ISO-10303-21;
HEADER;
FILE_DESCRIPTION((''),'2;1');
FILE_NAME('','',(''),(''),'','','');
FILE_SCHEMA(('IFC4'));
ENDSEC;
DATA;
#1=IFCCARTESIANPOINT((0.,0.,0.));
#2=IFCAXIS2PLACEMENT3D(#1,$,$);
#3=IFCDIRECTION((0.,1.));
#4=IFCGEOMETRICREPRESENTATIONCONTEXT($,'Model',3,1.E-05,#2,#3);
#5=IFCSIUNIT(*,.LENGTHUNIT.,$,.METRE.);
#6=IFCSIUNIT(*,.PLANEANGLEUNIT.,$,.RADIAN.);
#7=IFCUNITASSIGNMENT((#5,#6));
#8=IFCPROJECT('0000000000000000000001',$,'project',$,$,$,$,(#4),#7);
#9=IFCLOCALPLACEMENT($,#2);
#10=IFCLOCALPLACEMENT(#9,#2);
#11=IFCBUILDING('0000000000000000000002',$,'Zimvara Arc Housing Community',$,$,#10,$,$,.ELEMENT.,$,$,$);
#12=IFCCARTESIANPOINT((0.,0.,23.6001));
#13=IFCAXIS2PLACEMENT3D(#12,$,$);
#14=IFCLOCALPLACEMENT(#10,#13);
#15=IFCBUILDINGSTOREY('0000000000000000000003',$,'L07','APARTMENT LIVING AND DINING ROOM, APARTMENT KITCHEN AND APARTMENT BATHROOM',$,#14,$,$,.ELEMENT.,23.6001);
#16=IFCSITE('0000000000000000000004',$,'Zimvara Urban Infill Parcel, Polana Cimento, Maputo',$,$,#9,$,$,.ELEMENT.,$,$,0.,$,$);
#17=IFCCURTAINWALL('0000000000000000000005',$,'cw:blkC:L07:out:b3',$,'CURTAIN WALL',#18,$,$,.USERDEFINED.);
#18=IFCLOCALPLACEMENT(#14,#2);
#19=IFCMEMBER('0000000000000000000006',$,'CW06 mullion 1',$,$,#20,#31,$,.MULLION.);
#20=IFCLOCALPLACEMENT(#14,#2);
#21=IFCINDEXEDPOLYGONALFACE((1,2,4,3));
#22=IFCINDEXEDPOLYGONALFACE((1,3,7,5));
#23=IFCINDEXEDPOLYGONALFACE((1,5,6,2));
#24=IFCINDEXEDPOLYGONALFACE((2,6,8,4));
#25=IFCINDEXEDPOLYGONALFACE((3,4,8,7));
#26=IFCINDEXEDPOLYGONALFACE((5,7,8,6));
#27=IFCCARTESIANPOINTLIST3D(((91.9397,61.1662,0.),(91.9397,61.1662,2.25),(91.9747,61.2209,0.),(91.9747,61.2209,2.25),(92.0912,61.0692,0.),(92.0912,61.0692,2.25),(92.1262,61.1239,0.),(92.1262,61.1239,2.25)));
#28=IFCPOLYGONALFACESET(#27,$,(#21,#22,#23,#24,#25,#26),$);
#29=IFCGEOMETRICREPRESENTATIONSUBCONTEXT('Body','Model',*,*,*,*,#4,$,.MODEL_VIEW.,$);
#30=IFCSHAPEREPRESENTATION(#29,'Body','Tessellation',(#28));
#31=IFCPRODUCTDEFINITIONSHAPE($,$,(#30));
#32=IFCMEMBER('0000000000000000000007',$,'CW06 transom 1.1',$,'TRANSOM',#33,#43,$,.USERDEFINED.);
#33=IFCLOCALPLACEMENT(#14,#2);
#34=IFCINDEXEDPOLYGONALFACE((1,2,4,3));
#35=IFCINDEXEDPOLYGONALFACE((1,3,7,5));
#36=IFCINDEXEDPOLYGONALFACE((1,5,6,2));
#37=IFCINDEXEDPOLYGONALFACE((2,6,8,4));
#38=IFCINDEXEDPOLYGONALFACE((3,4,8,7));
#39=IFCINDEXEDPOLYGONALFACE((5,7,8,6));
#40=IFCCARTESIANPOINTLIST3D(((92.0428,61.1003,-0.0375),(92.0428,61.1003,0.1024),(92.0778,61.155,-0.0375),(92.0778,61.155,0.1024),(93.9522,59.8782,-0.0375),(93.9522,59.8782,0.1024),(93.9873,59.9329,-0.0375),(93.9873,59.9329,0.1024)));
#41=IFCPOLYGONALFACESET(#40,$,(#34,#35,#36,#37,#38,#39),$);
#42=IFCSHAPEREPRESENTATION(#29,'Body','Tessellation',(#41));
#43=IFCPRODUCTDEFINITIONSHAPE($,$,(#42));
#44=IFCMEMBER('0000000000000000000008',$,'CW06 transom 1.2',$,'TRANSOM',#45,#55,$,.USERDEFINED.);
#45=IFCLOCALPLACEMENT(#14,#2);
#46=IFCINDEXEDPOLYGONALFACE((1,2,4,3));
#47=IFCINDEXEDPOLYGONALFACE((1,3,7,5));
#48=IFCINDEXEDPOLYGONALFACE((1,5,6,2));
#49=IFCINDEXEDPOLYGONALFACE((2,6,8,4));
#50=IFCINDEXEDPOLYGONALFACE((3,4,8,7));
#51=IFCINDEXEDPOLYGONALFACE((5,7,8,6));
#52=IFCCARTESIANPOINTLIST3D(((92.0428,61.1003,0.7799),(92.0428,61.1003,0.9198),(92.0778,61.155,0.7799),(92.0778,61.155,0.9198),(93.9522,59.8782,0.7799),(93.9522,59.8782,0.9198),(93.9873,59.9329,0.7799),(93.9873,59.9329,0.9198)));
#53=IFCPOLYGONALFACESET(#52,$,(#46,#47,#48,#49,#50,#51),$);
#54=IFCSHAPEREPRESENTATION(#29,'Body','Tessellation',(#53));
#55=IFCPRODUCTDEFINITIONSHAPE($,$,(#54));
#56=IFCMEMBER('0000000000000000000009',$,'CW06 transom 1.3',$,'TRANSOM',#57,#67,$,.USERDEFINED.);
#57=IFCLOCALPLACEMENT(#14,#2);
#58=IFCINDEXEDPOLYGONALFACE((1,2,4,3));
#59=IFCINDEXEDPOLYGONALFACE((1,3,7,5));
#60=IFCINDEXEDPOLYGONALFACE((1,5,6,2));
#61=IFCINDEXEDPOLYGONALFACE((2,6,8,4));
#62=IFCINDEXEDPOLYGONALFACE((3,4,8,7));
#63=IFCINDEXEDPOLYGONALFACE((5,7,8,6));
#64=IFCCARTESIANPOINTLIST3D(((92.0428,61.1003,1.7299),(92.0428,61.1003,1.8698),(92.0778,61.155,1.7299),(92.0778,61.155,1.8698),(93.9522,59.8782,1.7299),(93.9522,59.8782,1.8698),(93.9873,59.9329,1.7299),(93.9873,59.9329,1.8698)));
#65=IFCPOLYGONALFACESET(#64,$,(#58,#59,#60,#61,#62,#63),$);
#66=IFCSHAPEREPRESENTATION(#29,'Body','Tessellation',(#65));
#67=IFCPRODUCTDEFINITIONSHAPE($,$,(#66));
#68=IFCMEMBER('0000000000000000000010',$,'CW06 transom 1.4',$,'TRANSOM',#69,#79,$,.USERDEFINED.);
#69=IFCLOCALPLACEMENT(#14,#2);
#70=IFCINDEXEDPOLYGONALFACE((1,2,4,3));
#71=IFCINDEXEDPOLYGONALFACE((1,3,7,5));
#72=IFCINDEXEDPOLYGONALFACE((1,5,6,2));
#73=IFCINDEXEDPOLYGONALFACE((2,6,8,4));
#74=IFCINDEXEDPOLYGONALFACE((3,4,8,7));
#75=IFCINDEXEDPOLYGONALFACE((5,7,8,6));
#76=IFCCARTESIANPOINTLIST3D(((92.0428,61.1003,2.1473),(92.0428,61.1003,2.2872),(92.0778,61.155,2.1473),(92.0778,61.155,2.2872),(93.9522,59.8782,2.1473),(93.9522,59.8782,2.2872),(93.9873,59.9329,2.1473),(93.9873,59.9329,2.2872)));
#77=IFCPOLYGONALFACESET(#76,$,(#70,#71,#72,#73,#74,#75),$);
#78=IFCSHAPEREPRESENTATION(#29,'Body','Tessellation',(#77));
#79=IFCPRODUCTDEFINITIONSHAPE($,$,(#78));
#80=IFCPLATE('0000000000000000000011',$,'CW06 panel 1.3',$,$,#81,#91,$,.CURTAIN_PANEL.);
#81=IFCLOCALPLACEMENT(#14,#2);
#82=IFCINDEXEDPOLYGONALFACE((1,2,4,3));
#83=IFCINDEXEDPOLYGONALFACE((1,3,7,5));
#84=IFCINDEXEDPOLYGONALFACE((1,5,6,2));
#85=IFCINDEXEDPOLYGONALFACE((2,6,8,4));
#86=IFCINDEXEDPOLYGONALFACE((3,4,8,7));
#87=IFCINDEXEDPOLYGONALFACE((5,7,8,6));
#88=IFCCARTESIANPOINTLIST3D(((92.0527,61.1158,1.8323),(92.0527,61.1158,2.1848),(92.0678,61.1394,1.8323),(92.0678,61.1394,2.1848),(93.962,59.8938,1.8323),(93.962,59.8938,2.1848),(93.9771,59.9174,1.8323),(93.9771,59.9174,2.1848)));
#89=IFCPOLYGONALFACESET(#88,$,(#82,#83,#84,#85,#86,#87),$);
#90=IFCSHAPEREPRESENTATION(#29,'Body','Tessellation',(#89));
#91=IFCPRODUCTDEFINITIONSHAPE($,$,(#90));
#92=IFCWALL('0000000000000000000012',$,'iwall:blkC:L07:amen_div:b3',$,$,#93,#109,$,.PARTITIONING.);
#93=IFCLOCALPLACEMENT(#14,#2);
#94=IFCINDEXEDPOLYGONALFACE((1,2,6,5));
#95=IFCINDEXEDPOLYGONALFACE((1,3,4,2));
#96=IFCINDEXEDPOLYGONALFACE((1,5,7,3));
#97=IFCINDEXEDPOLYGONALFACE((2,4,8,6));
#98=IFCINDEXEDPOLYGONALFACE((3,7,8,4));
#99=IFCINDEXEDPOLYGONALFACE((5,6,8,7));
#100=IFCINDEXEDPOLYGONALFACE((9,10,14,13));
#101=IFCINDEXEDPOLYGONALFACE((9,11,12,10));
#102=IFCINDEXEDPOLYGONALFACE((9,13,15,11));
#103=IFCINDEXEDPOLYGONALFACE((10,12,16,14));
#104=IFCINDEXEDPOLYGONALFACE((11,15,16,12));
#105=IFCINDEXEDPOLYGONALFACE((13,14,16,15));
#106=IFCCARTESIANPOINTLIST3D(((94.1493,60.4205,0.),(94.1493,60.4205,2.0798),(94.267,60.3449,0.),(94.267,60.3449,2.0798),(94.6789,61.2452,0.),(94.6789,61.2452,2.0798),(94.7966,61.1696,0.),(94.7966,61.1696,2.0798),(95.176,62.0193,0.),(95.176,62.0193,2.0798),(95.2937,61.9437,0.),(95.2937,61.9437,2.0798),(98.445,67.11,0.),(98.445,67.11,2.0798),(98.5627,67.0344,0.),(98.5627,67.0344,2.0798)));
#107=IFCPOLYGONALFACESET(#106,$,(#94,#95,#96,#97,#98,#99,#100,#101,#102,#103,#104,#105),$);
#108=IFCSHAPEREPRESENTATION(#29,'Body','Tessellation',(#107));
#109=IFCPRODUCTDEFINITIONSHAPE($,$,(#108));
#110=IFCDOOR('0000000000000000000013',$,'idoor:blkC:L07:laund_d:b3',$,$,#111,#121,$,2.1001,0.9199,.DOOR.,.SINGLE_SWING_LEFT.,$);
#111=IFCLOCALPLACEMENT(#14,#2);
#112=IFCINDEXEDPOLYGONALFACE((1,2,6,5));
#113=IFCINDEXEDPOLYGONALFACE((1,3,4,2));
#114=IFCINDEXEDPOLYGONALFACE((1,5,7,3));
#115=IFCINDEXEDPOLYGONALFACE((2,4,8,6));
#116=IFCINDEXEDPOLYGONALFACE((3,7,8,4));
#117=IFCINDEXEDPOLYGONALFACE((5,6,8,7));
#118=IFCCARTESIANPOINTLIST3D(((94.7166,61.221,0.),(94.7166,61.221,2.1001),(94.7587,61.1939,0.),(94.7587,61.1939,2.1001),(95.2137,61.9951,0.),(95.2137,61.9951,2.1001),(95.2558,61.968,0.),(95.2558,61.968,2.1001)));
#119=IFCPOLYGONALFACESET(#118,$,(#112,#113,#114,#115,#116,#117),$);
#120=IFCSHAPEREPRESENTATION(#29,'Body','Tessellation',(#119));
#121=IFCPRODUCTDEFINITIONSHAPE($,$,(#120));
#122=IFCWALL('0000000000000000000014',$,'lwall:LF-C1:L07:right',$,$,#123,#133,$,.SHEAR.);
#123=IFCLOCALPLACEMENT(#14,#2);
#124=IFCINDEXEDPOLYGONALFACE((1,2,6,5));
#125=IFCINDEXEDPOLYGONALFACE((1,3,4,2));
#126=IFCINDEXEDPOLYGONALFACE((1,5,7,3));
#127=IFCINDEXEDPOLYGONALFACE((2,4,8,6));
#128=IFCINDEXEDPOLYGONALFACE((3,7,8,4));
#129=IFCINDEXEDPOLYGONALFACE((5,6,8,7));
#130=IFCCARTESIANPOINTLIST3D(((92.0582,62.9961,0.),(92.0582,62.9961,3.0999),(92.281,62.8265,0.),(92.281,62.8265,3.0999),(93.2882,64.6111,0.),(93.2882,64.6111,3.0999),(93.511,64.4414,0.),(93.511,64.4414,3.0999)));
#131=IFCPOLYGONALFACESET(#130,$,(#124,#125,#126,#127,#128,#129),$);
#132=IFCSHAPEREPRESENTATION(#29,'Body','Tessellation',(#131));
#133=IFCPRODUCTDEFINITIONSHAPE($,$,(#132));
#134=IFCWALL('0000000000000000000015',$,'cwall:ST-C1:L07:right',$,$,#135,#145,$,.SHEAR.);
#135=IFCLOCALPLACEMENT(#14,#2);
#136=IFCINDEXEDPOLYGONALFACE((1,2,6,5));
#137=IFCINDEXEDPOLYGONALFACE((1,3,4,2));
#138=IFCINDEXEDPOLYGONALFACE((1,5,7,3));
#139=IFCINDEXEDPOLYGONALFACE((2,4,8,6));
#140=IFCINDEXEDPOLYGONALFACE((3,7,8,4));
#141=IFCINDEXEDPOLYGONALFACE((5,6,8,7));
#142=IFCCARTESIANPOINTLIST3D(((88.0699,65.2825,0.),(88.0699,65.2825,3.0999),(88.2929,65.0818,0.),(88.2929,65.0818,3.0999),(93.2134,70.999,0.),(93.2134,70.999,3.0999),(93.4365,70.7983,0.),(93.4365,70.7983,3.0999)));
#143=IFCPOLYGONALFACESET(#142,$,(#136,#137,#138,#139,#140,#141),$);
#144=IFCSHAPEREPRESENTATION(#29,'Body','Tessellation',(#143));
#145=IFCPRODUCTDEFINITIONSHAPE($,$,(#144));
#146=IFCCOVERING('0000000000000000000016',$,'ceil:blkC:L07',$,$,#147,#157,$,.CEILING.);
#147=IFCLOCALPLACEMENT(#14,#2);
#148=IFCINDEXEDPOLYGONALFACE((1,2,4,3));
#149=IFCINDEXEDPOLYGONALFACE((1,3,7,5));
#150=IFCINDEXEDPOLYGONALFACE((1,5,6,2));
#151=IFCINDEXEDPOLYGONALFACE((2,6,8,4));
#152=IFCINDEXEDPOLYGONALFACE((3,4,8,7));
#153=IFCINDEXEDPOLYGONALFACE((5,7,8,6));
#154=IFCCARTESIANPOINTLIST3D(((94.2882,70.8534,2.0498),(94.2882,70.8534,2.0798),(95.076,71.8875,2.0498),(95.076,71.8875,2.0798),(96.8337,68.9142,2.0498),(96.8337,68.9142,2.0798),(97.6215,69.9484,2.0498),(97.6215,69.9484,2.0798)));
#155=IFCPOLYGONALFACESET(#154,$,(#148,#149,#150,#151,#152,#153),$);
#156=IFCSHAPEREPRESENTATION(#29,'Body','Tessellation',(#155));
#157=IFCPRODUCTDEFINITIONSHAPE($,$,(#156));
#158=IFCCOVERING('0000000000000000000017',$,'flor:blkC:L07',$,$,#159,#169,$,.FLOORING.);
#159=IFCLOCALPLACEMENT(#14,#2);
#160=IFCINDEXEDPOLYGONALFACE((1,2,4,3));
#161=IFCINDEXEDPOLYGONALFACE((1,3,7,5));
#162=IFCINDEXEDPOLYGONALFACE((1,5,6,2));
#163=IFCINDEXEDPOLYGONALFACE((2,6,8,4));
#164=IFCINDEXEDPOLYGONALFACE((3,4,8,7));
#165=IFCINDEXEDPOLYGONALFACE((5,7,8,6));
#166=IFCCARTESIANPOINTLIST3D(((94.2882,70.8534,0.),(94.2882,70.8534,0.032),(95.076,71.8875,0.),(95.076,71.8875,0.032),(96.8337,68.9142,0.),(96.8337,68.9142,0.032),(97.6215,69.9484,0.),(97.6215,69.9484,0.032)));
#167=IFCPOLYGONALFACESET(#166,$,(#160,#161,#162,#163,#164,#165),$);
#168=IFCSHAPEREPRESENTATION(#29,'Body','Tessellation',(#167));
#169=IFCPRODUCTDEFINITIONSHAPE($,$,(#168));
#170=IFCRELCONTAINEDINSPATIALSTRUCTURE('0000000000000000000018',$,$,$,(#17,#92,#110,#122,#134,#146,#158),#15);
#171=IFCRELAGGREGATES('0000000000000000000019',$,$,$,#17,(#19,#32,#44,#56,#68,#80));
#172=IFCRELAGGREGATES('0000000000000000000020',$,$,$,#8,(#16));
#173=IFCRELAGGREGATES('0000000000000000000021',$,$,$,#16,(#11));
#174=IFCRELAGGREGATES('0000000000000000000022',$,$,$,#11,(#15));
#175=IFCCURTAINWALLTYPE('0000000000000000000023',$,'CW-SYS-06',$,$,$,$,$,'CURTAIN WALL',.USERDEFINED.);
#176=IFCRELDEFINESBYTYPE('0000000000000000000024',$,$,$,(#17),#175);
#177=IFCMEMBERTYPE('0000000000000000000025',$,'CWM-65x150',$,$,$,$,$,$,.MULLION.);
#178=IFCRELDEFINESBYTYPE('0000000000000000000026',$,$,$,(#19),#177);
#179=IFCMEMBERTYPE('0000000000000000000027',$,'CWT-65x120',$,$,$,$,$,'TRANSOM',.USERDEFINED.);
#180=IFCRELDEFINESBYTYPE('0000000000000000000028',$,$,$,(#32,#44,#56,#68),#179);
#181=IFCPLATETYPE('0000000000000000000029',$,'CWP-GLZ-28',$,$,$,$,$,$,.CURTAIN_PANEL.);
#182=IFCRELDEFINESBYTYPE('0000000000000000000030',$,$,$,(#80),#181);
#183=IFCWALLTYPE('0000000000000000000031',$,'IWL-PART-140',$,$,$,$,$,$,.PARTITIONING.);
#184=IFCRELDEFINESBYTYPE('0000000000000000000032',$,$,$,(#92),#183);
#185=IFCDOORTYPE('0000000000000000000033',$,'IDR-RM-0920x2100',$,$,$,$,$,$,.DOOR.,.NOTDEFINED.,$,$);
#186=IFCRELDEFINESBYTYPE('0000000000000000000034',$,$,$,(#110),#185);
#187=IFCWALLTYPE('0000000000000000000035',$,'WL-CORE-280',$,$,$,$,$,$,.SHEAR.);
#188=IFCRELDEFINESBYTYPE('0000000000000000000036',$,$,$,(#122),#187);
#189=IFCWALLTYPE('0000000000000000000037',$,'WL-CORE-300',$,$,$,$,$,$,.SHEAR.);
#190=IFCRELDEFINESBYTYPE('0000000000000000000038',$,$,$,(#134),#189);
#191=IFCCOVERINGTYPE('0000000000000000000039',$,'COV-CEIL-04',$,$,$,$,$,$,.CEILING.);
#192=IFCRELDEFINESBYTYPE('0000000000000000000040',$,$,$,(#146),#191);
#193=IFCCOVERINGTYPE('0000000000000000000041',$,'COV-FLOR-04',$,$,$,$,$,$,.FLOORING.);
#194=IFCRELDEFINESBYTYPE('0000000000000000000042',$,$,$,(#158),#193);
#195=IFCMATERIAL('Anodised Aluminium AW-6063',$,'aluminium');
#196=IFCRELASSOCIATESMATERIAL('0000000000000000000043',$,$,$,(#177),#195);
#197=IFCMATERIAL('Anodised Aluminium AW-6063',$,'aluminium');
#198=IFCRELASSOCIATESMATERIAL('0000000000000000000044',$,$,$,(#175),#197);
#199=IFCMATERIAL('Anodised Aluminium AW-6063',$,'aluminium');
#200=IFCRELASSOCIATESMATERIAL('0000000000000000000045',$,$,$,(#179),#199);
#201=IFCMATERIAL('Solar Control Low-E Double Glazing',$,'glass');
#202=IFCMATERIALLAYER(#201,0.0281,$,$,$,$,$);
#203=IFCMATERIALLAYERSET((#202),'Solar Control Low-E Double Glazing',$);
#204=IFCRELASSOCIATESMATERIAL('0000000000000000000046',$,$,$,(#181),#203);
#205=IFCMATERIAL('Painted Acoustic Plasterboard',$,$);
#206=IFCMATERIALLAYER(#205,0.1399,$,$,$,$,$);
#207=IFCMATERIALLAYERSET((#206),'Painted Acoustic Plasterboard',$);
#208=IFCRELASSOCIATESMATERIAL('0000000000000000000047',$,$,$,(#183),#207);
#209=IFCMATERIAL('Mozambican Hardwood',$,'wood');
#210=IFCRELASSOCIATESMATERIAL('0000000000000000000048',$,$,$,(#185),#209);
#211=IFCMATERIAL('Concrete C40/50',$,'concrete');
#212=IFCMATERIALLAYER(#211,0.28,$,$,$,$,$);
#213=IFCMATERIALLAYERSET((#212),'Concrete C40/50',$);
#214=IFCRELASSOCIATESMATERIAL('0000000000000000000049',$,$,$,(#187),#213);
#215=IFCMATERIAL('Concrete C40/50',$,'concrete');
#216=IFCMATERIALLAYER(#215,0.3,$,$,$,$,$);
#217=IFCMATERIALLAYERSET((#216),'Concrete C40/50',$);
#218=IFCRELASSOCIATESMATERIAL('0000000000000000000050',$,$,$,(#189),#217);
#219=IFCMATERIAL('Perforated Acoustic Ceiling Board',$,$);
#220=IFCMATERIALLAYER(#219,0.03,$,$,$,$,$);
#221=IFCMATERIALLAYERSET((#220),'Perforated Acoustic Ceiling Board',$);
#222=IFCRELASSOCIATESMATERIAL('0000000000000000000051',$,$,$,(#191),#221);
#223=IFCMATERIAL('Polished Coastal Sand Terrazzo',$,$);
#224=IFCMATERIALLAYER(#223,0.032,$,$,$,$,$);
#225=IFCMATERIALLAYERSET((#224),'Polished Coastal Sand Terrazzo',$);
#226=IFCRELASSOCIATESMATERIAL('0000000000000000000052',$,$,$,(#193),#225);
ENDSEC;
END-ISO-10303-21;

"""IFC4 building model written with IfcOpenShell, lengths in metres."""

from ifc_helpers import new_model, si_unit, direction, frame, frame_2d, origin, origin_2d, place, context, subcontext, project, spatial, rectangle, extrude, material, layer, layer_set, material_profile, profile_set, type_object, element, fill, aggregate, save


model = new_model("IFC4")

# Units and contexts
model_context = context("Model", 3, precision=1e-05, world=origin(), true_north=direction((0.0, 1.0)))
body_context = subcontext(model_context, "Body", "Model", "MODEL_VIEW")
ifc_project = project(units=[si_unit("LENGTHUNIT", "METRE"), si_unit("PLANEANGLEUNIT", "RADIAN")], contexts=[model_context])

# Site, building, storey
site_placement = place(None, origin())
site = spatial("IfcSite", under=ifc_project, at=site_placement, Name="Zimvara Urban Infill Parcel, Polana Cimento, Maputo", CompositionType="ELEMENT", RefElevation=0.0)
building_placement = place(site_placement, origin())
building = spatial("IfcBuilding", under=site, at=building_placement, Name="Zimvara Arc Housing Community", CompositionType="ELEMENT")
storey_placement = place(building_placement, frame((0.0, 0.0, 23.6001)))
storey = spatial("IfcBuildingStorey", under=building, at=storey_placement, Name="L07", Description="APARTMENT LIVING AND DINING ROOM, APARTMENT KITCHEN AND APARTMENT BATHROOM", CompositionType="ELEMENT", Elevation=23.6001)

# Shared definitions
ifc_material_1 = material(Name="Anodised Aluminium AW-6063", Category="aluminium")
ifc_material_profile_1 = material_profile(ifc_material_1, rectangle(XDim=0.0649, YDim=0.1799, at=origin_2d()), Name="ALU 65x180")
ifc_profile_set_1 = profile_set([ifc_material_profile_1], Name="Anodised Aluminium AW-6063")
member_type_1 = type_object("IfcMemberType", Name="CWM-65x150", PredefinedType="MULLION", material=ifc_profile_set_1)

# Curtain wall, members, plate
ifc_material_2 = material(Name="Anodised Aluminium AW-6063", Category="aluminium")
curtain_wall_type_1 = type_object("IfcCurtainWallType", Name="CW-SYS-06", ElementType="CURTAIN WALL", PredefinedType="USERDEFINED", material=ifc_material_2)
curtain_wall_1_placement = place(storey_placement, origin())
curtain_wall_1 = element("IfcCurtainWall", 1, at=curtain_wall_1_placement, inside=storey, type_object=curtain_wall_type_1, Name="cw:blkC:L07:out:b3", ObjectType="CURTAIN WALL", PredefinedType="USERDEFINED")
member_1_placement = place(storey_placement, frame((92.033, 61.145, 0.0), z_axis=(0.0, 0.0, 1.0), x_axis=(0.539065, 0.842264, 0.0)))
member_1 = element("IfcMember", 2, at=member_1_placement, type_object=member_type_1, Name="CW06 mullion 1", PredefinedType="MULLION", context=body_context, shape_type="SweptSolid", body=[
    extrude(rectangle(XDim=0.0649, YDim=0.1799, at=origin_2d()), origin(), (0.0, 0.0, 1.0), 2.25),
])
ifc_material_3 = material(Name="Anodised Aluminium AW-6063", Category="aluminium")
ifc_material_profile_2 = material_profile(ifc_material_3, rectangle(XDim=0.0649, YDim=0.1399, at=origin_2d()), Name="ALU 65x140")
ifc_profile_set_2 = profile_set([ifc_material_profile_2], Name="Anodised Aluminium AW-6063")
member_type_2 = type_object("IfcMemberType", Name="CWT-65x120", ElementType="TRANSOM", PredefinedType="USERDEFINED", material=ifc_profile_set_2)
member_2_placement = place(storey_placement, frame((92.0603, 61.1277, 0.0325), z_axis=(0.842244, -0.539096, 0.0), x_axis=(0.539096, 0.842244, 0.0)))
member_2 = element("IfcMember", 3, at=member_2_placement, type_object=member_type_2, Name="CW06 transom 1.1", ObjectType="TRANSOM", PredefinedType="USERDEFINED", context=body_context, shape_type="SweptSolid", body=[
    extrude(rectangle(XDim=0.0649, YDim=0.1399, at=origin_2d()), origin(), (0.0, 0.0, 1.0), 2.2671),
])
member_3_placement = place(storey_placement, frame((92.0603, 61.1277, 0.8499), z_axis=(0.842244, -0.539096, 0.0), x_axis=(0.539096, 0.842244, 0.0)))
member_3 = element("IfcMember", 4, at=member_3_placement, type_object=member_type_2, Name="CW06 transom 1.2", ObjectType="TRANSOM", PredefinedType="USERDEFINED", context=body_context, shape_type="SweptSolid", body=[
    extrude(rectangle(XDim=0.0649, YDim=0.1399, at=origin_2d()), origin(), (0.0, 0.0, 1.0), 2.2671),
])
member_4_placement = place(storey_placement, frame((92.0603, 61.1277, 1.7998), z_axis=(0.842244, -0.539096, 0.0), x_axis=(0.539096, 0.842244, 0.0)))
member_4 = element("IfcMember", 5, at=member_4_placement, type_object=member_type_2, Name="CW06 transom 1.3", ObjectType="TRANSOM", PredefinedType="USERDEFINED", context=body_context, shape_type="SweptSolid", body=[
    extrude(rectangle(XDim=0.0649, YDim=0.1399, at=origin_2d()), origin(), (0.0, 0.0, 1.0), 2.2671),
])
member_5_placement = place(storey_placement, frame((92.0603, 61.1277, 2.2173), z_axis=(0.842244, -0.539096, 0.0), x_axis=(0.539096, 0.842244, 0.0)))
member_5 = element("IfcMember", 6, at=member_5_placement, type_object=member_type_2, Name="CW06 transom 1.4", ObjectType="TRANSOM", PredefinedType="USERDEFINED", context=body_context, shape_type="SweptSolid", body=[
    extrude(rectangle(XDim=0.0649, YDim=0.1399, at=origin_2d()), origin(), (0.0, 0.0, 1.0), 2.2671),
])
ifc_material_4 = material(Name="Solar Control Low-E Double Glazing", Category="glass")
ifc_layer_1 = layer(ifc_material_4, 0.0281)
ifc_layer_set_1 = layer_set([ifc_layer_1], Name="Solar Control Low-E Double Glazing")
plate_type = type_object("IfcPlateType", Name="CWP-GLZ-28", PredefinedType="CURTAIN_PANEL", material=ifc_layer_set_1)
plate_placement = place(storey_placement, frame((93.0149, 60.5166, 1.8323), z_axis=(0.0, 0.0, 1.0), x_axis=(0.842264, -0.539065, 0.0)))
plate = element("IfcPlate", 7, at=plate_placement, type_object=plate_type, Name="CW06 panel 1.3", PredefinedType="CURTAIN_PANEL", context=body_context, shape_type="SweptSolid", body=[
    extrude(rectangle(XDim=2.2668, YDim=0.0281, at=origin_2d()), origin(), (0.0, 0.0, 1.0), 0.3525),
])
aggregate(curtain_wall_1, [member_1, member_2, member_3, member_4, member_5, plate])

# Wall, opening, door
ifc_material_5 = material(Name="Painted Acoustic Plasterboard")
ifc_layer_2 = layer(ifc_material_5, 0.1399)
ifc_layer_set_2 = layer_set([ifc_layer_2], Name="Painted Acoustic Plasterboard")
wall_type_1 = type_object("IfcWallType", Name="IWL-PART-140", PredefinedType="PARTITIONING", material=ifc_layer_set_2)
wall_1_placement = place(storey_placement, frame((98.5039, 67.0723, 0.0), z_axis=(0.0, 0.0, 1.0), x_axis=(-0.540338, -0.841448, 0.0)))
wall_1 = element("IfcWall", 8, at=wall_1_placement, inside=storey, type_object=wall_type_1, Name="iwall:blkC:L07:amen_div:b3", PredefinedType="PARTITIONING", context=body_context, shape_type="SweptSolid", body=[
    extrude(rectangle(XDim=7.95, YDim=0.1399, at=frame_2d((3.9751, 0.0))), origin(), (0.0, 0.0, 1.0), 2.0798),
])
opening_1_placement = place(wall_1_placement, frame((6.05, 0.0, 0.0)))
opening_1 = element("IfcOpeningElement", 9, at=opening_1_placement, cuts=wall_1, PredefinedType="OPENING", context=body_context, shape_type="SweptSolid", body=[
    extrude(rectangle(XDim=0.9199, YDim=2.1001, at=frame_2d((0.46, 1.05))), frame((0.0, 0.0798, 0.0), z_axis=(0.0, -1.0, 0.0), x_axis=(1.0, 0.0, 0.0)), (0.0, 0.0, 1.0), 0.1599),
])
ifc_material_6 = material(Name="Mozambican Hardwood", Category="wood")
door_type_1 = type_object("IfcDoorType", Name="IDR-RM-0920x2100", OperationType="NOTDEFINED", PredefinedType="DOOR", material=ifc_material_6)
door_1_placement = place(opening_1_placement, origin())
door_1 = element("IfcDoor", 10, at=door_1_placement, inside=storey, type_object=door_type_1, Name="idoor:blkC:L07:laund_d:b3", OperationType="SINGLE_SWING_LEFT", OverallHeight=2.1001, OverallWidth=0.9199, PredefinedType="DOOR", context=body_context, shape_type="SweptSolid", body=[
    extrude(rectangle(XDim=0.9199, YDim=2.1001, at=frame_2d((0.46, 1.05))), frame((0.0, 0.0249, 0.0), z_axis=(0.0, -1.0, 0.0), x_axis=(1.0, 0.0, 0.0)), (0.0, 0.0, 1.0), 0.05),
])
fill(opening_1, door_1)

# Walls
ifc_material_7 = material(Name="Concrete C40/50", Category="concrete")
ifc_layer_3 = layer(ifc_material_7, 0.28)
ifc_layer_set_3 = layer_set([ifc_layer_3], Name="Concrete C40/50")
wall_type_2 = type_object("IfcWallType", Name="WL-CORE-280", PredefinedType="SHEAR", material=ifc_layer_set_3)
wall_2_placement = place(storey_placement, frame((93.3997, 64.5264, 0.0), z_axis=(0.0, 0.0, 1.0), x_axis=(-0.605891, -0.795548, 0.0)))
element("IfcWall", 11, at=wall_2_placement, inside=storey, type_object=wall_type_2, Name="lwall:LF-C1:L07:right", PredefinedType="SHEAR", context=body_context, shape_type="SweptSolid", body=[
    extrude(rectangle(XDim=2.03, YDim=0.28, at=frame_2d((1.0151, 0.0))), origin(), (0.0, 0.0, 1.0), 3.0999),
])
ifc_material_8 = material(Name="Concrete C40/50", Category="concrete")
ifc_layer_4 = layer(ifc_material_8, 0.3)
ifc_layer_set_4 = layer_set([ifc_layer_4], Name="Concrete C40/50")
wall_type_3 = type_object("IfcWallType", Name="WL-CORE-300", PredefinedType="SHEAR", material=ifc_layer_set_4)
wall_3_placement = place(storey_placement, frame((93.325, 70.8987, 0.0), z_axis=(0.0, 0.0, 1.0), x_axis=(-0.668868, -0.743381, 0.0)))
element("IfcWall", 12, at=wall_3_placement, inside=storey, type_object=wall_type_3, Name="cwall:ST-C1:L07:right", PredefinedType="SHEAR", context=body_context, shape_type="SweptSolid", body=[
    extrude(rectangle(XDim=7.6899, YDim=0.3, at=frame_2d((3.845, 0.0))), origin(), (0.0, 0.0, 1.0), 3.0999),
])

# Coverings
ifc_material_9 = material(Name="Perforated Acoustic Ceiling Board")
ifc_layer_5 = layer(ifc_material_9, 0.03)
ifc_layer_set_5 = layer_set([ifc_layer_5], Name="Perforated Acoustic Ceiling Board")
covering_type_1 = type_object("IfcCoveringType", Name="COV-CEIL-04", PredefinedType="CEILING", material=ifc_layer_set_5)
covering_1_placement = place(storey_placement, frame((95.9548, 70.4009, 2.0498), z_axis=(0.0, 0.0, 1.0), x_axis=(-0.605988, -0.795473, 0.0)))
element("IfcCovering", 13, at=covering_1_placement, inside=storey, type_object=covering_type_1, Name="ceil:blkC:L07", PredefinedType="CEILING", context=body_context, shape_type="SweptSolid", body=[
    extrude(rectangle(XDim=1.3, YDim=3.2, at=origin_2d()), origin(), (0.0, 0.0, 1.0), 0.03),
])
ifc_material_10 = material(Name="Polished Coastal Sand Terrazzo")
ifc_layer_6 = layer(ifc_material_10, 0.032)
ifc_layer_set_6 = layer_set([ifc_layer_6], Name="Polished Coastal Sand Terrazzo")
covering_type_2 = type_object("IfcCoveringType", Name="COV-FLOR-04", PredefinedType="FLOORING", material=ifc_layer_set_6)
covering_2_placement = place(storey_placement, frame((95.9548, 70.4009, 0.0), z_axis=(0.0, 0.0, 1.0), x_axis=(-0.605988, -0.795473, 0.0)))
element("IfcCovering", 14, at=covering_2_placement, inside=storey, type_object=covering_type_2, Name="flor:blkC:L07", PredefinedType="FLOORING", context=body_context, shape_type="SweptSolid", body=[
    extrude(rectangle(XDim=1.3, YDim=3.2, at=origin_2d()), origin(), (0.0, 0.0, 1.0), 0.032),
])

save(model, "model.ifc")
